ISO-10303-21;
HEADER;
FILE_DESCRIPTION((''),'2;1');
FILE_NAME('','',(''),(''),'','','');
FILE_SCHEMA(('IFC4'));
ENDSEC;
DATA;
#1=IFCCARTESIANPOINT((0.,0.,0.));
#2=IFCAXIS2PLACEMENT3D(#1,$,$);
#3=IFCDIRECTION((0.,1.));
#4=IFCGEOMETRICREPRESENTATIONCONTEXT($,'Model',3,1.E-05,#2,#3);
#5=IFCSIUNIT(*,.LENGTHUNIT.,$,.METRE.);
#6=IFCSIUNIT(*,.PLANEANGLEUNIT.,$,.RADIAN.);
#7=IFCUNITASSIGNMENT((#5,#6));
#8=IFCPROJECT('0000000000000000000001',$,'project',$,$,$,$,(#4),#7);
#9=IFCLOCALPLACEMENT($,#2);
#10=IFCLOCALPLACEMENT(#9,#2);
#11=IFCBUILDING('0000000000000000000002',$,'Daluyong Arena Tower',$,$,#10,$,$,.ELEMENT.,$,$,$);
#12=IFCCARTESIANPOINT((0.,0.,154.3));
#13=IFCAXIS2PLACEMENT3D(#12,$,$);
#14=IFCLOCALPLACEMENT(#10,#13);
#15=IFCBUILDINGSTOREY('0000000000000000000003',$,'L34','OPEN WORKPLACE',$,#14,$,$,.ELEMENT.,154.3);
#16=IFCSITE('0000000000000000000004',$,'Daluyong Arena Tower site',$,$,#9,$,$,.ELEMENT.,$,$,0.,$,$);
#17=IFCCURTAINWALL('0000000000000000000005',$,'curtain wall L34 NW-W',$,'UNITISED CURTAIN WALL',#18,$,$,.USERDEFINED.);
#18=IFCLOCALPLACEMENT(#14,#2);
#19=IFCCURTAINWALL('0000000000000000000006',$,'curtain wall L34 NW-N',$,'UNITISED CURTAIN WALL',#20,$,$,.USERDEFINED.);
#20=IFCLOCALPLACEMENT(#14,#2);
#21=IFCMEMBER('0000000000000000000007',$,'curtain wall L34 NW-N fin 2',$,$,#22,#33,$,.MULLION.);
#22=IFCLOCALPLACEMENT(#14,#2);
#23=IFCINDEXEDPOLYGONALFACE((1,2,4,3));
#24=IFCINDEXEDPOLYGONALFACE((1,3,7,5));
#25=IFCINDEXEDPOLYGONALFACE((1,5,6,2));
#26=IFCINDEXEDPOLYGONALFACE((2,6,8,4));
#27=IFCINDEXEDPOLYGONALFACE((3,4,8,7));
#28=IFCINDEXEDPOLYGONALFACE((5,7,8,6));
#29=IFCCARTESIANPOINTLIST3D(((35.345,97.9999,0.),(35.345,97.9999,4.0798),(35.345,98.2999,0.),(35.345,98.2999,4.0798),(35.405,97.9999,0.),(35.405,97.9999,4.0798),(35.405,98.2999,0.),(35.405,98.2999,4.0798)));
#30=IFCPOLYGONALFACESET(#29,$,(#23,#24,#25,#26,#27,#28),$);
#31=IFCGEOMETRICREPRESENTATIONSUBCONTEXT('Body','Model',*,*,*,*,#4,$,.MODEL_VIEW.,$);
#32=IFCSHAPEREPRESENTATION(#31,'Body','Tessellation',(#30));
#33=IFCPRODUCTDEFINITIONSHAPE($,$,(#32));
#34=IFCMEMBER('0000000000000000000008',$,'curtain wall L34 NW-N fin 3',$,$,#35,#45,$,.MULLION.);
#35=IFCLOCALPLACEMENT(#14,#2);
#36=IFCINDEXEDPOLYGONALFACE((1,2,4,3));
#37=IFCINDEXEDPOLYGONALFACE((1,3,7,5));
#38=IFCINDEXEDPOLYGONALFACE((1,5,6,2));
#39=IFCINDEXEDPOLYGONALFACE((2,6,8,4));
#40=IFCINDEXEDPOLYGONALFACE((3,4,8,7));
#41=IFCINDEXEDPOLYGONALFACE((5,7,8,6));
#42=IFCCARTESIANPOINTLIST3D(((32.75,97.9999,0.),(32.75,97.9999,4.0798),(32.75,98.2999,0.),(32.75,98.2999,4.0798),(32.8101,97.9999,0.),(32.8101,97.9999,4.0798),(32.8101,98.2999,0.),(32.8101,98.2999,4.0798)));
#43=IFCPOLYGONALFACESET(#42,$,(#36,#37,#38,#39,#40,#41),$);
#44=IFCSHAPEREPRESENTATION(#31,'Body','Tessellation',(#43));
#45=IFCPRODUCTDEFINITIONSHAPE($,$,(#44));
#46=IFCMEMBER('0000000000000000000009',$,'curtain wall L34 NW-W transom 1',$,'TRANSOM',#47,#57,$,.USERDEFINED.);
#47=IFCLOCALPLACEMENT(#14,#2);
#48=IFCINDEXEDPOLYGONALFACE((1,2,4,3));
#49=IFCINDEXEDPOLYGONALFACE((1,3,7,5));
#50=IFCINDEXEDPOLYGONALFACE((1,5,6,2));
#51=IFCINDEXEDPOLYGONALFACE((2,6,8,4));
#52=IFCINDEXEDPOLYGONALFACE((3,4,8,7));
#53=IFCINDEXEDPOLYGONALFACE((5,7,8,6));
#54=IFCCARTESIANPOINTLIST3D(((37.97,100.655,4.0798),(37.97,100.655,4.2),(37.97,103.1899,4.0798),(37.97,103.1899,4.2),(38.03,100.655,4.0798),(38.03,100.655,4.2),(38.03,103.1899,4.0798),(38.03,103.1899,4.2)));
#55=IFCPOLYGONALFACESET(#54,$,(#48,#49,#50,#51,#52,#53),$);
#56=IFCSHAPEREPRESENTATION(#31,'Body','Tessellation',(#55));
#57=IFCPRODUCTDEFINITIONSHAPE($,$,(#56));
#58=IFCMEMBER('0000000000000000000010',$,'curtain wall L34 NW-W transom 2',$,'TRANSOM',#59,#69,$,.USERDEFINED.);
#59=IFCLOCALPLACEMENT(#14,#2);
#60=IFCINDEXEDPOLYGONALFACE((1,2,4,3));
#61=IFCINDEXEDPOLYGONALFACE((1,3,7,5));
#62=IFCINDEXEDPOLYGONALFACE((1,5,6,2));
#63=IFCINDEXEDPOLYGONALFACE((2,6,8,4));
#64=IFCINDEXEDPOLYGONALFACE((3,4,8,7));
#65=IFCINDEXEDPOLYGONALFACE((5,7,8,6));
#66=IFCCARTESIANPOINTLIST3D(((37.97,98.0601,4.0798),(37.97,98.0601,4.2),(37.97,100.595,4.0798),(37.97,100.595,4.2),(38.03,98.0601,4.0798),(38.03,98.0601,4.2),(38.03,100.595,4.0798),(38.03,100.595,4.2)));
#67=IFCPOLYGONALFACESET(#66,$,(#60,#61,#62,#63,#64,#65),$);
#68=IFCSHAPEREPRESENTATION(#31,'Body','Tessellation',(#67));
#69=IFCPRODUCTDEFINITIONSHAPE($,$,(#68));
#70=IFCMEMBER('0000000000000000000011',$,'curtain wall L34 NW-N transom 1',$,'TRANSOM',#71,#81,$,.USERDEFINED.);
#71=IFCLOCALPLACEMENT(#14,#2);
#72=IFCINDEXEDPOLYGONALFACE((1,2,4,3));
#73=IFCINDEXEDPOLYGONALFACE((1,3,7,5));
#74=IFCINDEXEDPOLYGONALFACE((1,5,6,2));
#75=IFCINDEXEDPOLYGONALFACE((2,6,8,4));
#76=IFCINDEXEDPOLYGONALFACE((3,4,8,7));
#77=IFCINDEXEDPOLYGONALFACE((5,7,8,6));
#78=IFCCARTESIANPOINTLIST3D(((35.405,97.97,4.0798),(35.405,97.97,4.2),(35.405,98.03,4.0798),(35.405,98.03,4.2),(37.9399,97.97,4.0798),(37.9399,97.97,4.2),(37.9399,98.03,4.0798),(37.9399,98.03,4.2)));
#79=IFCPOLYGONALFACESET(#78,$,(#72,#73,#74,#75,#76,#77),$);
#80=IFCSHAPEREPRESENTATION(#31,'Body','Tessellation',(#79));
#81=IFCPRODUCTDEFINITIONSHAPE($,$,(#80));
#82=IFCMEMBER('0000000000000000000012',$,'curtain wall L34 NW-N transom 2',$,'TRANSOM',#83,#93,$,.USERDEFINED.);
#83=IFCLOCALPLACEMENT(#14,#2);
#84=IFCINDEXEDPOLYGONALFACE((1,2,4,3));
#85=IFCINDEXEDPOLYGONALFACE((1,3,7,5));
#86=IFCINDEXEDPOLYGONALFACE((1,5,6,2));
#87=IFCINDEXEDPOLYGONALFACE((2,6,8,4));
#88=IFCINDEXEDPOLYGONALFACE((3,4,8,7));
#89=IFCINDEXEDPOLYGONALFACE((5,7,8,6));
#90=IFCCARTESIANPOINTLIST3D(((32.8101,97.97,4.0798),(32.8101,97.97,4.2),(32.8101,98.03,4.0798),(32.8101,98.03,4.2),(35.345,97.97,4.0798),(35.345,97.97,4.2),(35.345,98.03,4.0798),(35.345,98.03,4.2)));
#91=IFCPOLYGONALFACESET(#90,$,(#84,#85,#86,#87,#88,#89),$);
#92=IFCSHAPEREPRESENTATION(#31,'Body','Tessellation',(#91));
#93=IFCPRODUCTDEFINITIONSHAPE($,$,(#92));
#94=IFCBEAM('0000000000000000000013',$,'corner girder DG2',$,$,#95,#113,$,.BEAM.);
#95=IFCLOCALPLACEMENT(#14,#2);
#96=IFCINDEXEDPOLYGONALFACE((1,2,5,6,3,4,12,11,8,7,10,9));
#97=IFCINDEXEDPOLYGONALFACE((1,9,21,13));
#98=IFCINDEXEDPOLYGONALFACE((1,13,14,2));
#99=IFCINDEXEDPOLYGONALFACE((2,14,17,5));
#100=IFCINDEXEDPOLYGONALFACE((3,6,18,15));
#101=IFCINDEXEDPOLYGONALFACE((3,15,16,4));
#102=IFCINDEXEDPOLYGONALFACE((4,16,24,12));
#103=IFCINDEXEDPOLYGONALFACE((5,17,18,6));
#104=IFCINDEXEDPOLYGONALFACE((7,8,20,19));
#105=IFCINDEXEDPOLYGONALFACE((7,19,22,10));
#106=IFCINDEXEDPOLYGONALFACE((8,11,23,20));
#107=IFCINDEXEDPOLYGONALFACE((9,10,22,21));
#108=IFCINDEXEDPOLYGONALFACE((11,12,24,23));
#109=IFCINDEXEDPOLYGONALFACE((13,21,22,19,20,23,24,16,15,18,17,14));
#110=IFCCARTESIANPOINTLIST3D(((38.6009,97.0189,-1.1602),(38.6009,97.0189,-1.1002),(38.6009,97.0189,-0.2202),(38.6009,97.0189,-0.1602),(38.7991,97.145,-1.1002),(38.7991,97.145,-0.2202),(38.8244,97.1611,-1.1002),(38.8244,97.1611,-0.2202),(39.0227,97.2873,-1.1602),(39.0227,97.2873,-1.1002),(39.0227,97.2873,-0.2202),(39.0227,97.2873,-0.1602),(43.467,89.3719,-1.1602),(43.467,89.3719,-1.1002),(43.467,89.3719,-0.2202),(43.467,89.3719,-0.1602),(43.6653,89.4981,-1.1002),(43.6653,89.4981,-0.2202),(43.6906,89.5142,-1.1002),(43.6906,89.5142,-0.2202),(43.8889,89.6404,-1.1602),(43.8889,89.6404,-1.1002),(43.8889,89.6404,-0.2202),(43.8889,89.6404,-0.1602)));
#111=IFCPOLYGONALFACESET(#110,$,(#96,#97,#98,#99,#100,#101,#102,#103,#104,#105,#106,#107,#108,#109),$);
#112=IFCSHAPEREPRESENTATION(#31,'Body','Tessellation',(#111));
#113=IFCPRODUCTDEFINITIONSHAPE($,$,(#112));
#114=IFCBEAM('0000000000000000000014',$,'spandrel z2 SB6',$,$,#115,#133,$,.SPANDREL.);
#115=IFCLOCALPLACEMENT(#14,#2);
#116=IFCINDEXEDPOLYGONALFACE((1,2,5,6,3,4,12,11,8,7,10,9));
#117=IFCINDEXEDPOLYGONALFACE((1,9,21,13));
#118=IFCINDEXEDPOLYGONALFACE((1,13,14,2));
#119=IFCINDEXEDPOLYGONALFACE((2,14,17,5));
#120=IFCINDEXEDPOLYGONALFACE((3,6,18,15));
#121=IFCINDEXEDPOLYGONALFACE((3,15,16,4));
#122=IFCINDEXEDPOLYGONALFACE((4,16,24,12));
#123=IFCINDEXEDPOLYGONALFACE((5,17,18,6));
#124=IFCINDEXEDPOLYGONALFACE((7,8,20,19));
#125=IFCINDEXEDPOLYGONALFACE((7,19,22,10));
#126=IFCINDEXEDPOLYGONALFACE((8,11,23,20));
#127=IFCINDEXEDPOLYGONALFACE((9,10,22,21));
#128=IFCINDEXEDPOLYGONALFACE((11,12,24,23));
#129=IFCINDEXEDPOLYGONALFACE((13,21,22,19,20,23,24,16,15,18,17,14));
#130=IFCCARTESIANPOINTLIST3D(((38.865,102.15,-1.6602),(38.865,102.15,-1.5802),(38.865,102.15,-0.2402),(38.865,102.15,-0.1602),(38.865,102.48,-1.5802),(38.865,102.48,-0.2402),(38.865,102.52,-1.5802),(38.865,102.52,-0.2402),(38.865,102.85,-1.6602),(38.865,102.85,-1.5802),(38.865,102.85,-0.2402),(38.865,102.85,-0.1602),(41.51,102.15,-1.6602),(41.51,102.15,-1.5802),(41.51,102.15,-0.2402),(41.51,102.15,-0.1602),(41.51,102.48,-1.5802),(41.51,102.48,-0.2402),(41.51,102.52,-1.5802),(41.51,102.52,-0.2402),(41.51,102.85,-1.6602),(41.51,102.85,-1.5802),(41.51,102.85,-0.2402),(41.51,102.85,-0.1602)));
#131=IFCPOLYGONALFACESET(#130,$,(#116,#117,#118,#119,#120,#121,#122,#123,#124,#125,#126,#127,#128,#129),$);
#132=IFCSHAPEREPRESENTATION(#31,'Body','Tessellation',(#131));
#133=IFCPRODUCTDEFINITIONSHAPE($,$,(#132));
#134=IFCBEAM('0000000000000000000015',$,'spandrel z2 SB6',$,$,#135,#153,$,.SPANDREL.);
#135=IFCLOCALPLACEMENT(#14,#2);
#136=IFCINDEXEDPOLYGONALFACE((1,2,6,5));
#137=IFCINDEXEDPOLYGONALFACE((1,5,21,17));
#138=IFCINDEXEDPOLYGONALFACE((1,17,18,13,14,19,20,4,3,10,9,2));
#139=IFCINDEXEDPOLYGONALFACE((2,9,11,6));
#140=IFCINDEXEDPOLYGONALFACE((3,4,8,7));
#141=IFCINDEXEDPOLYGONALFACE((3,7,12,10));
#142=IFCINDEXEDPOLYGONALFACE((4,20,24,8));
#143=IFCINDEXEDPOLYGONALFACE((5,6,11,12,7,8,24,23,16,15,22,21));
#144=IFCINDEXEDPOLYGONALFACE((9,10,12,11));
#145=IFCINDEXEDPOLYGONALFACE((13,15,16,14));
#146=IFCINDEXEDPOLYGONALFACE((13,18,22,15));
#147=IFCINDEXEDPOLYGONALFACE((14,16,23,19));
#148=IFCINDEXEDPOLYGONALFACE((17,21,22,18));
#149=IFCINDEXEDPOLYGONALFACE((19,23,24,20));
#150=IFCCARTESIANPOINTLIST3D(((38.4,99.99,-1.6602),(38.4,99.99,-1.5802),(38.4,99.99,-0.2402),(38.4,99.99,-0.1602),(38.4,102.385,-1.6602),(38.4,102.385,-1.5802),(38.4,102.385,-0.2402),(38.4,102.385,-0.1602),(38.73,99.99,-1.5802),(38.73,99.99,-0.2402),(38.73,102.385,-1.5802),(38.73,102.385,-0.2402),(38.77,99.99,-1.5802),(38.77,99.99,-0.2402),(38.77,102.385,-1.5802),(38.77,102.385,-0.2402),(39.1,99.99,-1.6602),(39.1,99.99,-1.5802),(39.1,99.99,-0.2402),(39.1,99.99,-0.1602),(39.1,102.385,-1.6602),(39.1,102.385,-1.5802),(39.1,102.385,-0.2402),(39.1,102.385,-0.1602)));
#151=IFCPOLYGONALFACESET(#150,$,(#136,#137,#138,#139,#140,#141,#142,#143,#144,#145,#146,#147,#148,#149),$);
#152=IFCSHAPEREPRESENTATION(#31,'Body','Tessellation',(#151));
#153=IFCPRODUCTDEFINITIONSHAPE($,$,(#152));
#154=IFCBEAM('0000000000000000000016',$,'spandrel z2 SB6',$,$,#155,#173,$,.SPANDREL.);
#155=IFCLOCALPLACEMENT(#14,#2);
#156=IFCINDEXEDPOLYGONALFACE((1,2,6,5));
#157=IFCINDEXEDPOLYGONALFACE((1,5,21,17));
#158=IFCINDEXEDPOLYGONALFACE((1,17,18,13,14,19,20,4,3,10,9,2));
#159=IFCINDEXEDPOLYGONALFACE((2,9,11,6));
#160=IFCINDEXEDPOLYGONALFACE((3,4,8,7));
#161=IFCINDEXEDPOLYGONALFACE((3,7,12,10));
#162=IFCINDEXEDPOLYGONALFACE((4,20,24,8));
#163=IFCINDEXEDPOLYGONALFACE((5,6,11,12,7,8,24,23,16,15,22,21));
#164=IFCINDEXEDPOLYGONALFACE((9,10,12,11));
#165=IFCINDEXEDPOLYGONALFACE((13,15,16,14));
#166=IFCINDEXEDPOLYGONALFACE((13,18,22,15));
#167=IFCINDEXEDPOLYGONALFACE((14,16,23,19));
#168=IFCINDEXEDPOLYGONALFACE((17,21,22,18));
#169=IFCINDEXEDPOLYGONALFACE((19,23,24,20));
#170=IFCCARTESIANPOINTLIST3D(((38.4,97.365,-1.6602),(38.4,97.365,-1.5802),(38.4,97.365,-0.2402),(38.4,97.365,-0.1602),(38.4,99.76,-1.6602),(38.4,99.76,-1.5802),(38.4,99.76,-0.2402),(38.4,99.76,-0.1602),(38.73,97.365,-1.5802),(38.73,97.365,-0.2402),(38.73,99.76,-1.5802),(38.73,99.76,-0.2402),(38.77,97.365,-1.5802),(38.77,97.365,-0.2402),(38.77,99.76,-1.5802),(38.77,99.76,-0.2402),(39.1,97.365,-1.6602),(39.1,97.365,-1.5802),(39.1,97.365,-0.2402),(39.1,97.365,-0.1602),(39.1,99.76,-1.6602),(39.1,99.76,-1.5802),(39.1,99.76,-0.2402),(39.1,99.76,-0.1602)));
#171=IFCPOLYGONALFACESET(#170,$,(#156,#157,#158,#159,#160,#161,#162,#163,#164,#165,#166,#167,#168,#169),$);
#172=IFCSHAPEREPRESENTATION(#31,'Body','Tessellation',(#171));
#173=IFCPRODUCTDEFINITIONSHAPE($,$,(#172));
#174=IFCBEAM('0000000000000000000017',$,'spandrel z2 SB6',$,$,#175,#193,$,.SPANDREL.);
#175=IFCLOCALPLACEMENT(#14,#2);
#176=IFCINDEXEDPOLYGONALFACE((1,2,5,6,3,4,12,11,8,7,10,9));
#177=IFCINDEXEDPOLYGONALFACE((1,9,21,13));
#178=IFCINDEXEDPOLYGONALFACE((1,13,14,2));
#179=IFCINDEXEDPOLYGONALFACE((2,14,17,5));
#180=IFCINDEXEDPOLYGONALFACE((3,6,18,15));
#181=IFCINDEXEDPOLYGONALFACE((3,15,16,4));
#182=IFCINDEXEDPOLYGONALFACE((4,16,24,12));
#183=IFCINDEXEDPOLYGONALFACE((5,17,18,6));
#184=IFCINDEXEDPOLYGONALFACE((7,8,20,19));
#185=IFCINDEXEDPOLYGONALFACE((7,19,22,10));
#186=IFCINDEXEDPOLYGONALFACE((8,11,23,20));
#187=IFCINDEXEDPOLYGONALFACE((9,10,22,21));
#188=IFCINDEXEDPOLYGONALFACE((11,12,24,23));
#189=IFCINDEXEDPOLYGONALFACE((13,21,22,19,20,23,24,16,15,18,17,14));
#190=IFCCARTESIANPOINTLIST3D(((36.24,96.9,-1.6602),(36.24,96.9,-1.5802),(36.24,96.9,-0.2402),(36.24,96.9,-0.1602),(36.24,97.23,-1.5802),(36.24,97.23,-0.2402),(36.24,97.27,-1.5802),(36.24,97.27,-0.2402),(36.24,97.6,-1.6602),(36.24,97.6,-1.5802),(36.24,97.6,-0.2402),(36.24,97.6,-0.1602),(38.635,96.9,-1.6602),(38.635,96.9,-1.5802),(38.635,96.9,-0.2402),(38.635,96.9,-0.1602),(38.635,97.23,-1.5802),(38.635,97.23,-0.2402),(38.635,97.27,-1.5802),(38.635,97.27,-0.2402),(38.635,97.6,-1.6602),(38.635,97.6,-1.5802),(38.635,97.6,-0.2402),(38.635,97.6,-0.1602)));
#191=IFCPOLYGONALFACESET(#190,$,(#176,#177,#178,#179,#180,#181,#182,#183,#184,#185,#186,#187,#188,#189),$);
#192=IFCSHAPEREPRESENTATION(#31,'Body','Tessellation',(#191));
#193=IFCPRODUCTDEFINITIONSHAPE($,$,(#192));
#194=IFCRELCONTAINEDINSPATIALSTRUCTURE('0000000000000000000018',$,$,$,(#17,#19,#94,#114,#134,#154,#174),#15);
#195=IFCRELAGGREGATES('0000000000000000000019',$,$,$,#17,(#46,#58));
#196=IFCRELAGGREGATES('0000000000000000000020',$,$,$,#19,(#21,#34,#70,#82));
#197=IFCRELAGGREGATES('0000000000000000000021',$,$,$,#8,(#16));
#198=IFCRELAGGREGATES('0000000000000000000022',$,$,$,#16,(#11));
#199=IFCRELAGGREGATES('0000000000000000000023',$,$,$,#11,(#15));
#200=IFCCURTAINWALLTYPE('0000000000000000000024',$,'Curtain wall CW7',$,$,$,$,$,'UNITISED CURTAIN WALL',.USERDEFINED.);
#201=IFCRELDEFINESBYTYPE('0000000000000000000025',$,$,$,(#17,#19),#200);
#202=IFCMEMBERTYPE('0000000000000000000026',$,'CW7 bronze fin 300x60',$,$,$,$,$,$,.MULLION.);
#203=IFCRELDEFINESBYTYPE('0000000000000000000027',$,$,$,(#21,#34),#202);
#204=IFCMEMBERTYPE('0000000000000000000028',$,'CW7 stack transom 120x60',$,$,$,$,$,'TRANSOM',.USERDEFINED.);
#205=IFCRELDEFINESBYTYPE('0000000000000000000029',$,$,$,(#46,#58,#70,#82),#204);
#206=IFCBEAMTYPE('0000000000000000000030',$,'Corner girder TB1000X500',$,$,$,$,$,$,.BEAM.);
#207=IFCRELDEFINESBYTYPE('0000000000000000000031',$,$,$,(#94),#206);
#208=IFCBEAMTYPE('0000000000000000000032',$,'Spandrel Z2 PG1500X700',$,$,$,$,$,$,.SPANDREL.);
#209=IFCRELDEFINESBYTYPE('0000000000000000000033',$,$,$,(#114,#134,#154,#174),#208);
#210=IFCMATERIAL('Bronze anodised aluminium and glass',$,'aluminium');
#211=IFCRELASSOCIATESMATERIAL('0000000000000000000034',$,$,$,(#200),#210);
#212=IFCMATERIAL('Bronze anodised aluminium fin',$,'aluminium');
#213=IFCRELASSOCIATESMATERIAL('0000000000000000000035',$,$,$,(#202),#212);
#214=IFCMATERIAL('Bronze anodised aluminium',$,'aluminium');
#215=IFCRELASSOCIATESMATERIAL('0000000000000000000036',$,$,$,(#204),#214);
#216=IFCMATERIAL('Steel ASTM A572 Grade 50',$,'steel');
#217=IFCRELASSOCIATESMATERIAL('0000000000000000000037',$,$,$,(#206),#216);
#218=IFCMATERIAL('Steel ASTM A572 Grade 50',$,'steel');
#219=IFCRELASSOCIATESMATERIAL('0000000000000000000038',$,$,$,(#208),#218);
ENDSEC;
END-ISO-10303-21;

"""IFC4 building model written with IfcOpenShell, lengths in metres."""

from ifc_helpers import new_model, si_unit, direction, frame, origin, origin_2d, place, context, subcontext, project, spatial, rectangle, i_section, extrude, material, material_profile, profile_set, type_object, element, aggregate, save


model = new_model("IFC4")

# Units and contexts
model_context = context("Model", 3, precision=1e-05, world=origin(), true_north=direction((0.0, 1.0)))
body_context = subcontext(model_context, "Body", "Model", "MODEL_VIEW")
ifc_project = project(units=[si_unit("LENGTHUNIT", "METRE"), si_unit("PLANEANGLEUNIT", "RADIAN")], contexts=[model_context])

# Site, building, storey
site_placement = place(None, origin())
site = spatial("IfcSite", under=ifc_project, at=site_placement, Name="Daluyong Arena Tower site", CompositionType="ELEMENT", RefElevation=0.0)
building_placement = place(site_placement, origin())
building = spatial("IfcBuilding", under=site, at=building_placement, Name="Daluyong Arena Tower", CompositionType="ELEMENT")
storey_placement = place(building_placement, frame((0.0, 0.0, 154.3)))
storey = spatial("IfcBuildingStorey", under=building, at=storey_placement, Name="L34", Description="OPEN WORKPLACE", CompositionType="ELEMENT", Elevation=154.3)

# Curtain walls, members
ifc_material_1 = material(Name="Bronze anodised aluminium and glass", Category="aluminium")
curtain_wall_type_1 = type_object("IfcCurtainWallType", Name="Curtain wall CW7", ElementType="UNITISED CURTAIN WALL", PredefinedType="USERDEFINED", material=ifc_material_1)
curtain_wall_1_placement = place(storey_placement, origin())
curtain_wall_1 = element("IfcCurtainWall", 1, at=curtain_wall_1_placement, inside=storey, type_object=curtain_wall_type_1, Name="curtain wall L34 NW-W", ObjectType="UNITISED CURTAIN WALL", PredefinedType="USERDEFINED")
ifc_material_2 = material(Name="Bronze anodised aluminium fin", Category="aluminium")
ifc_material_profile_1 = material_profile(ifc_material_2, rectangle(XDim=0.3, YDim=0.0601, at=origin_2d()))
ifc_profile_set_1 = profile_set([ifc_material_profile_1], Name="Bronze anodised aluminium fin")
member_type_1 = type_object("IfcMemberType", Name="CW7 bronze fin 300x60", PredefinedType="MULLION", material=ifc_profile_set_1)
curtain_wall_2_placement = place(storey_placement, origin())
curtain_wall_2 = element("IfcCurtainWall", 2, at=curtain_wall_2_placement, inside=storey, type_object=curtain_wall_type_1, Name="curtain wall L34 NW-N", ObjectType="UNITISED CURTAIN WALL", PredefinedType="USERDEFINED")
member_1_placement = place(storey_placement, frame((35.375, 98.1499, 0.0), z_axis=(0.0, 0.0, 1.0), x_axis=(0.0, -1.0, 0.0)))
member_1 = element("IfcMember", 3, at=member_1_placement, type_object=member_type_1, Name="curtain wall L34 NW-N fin 2", PredefinedType="MULLION", context=body_context, shape_type="SweptSolid", body=[
    extrude(rectangle(XDim=0.3, YDim=0.0601, at=origin_2d()), origin(), (0.0, 0.0, 1.0), 4.0798),
])
member_2_placement = place(storey_placement, frame((32.78, 98.1499, 0.0), z_axis=(0.0, 0.0, 1.0), x_axis=(0.0, -1.0, 0.0)))
member_2 = element("IfcMember", 4, at=member_2_placement, type_object=member_type_1, Name="curtain wall L34 NW-N fin 3", PredefinedType="MULLION", context=body_context, shape_type="SweptSolid", body=[
    extrude(rectangle(XDim=0.3, YDim=0.0601, at=origin_2d()), origin(), (0.0, 0.0, 1.0), 4.0798),
])

# Members
ifc_material_3 = material(Name="Bronze anodised aluminium", Category="aluminium")
ifc_material_profile_2 = material_profile(ifc_material_3, rectangle(XDim=0.0601, YDim=0.1201, at=origin_2d()))
ifc_profile_set_2 = profile_set([ifc_material_profile_2], Name="Bronze anodised aluminium")
member_type_2 = type_object("IfcMemberType", Name="CW7 stack transom 120x60", ElementType="TRANSOM", PredefinedType="USERDEFINED", material=ifc_profile_set_2)
member_3_placement = place(storey_placement, frame((38.0, 103.1899, 4.1399), z_axis=(0.0, -1.0, 0.0), x_axis=(1.0, 0.0, 0.0)))
member_3 = element("IfcMember", 5, at=member_3_placement, type_object=member_type_2, Name="curtain wall L34 NW-W transom 1", ObjectType="TRANSOM", PredefinedType="USERDEFINED", context=body_context, shape_type="SweptSolid", body=[
    extrude(rectangle(XDim=0.0601, YDim=0.1201, at=origin_2d()), origin(), (0.0, 0.0, 1.0), 2.5349),
])
member_4_placement = place(storey_placement, frame((38.0, 100.595, 4.1399), z_axis=(0.0, -1.0, 0.0), x_axis=(1.0, 0.0, 0.0)))
member_4 = element("IfcMember", 6, at=member_4_placement, type_object=member_type_2, Name="curtain wall L34 NW-W transom 2", ObjectType="TRANSOM", PredefinedType="USERDEFINED", context=body_context, shape_type="SweptSolid", body=[
    extrude(rectangle(XDim=0.0601, YDim=0.1201, at=origin_2d()), origin(), (0.0, 0.0, 1.0), 2.5349),
])
member_5_placement = place(storey_placement, frame((37.9399, 98.0, 4.1399), z_axis=(-1.0, 0.0, 0.0), x_axis=(0.0, -1.0, 0.0)))
member_5 = element("IfcMember", 7, at=member_5_placement, type_object=member_type_2, Name="curtain wall L34 NW-N transom 1", ObjectType="TRANSOM", PredefinedType="USERDEFINED", context=body_context, shape_type="SweptSolid", body=[
    extrude(rectangle(XDim=0.0601, YDim=0.1201, at=origin_2d()), origin(), (0.0, 0.0, 1.0), 2.5349),
])
member_6_placement = place(storey_placement, frame((35.345, 98.0, 4.1399), z_axis=(-1.0, 0.0, 0.0), x_axis=(0.0, -1.0, 0.0)))
member_6 = element("IfcMember", 8, at=member_6_placement, type_object=member_type_2, Name="curtain wall L34 NW-N transom 2", ObjectType="TRANSOM", PredefinedType="USERDEFINED", context=body_context, shape_type="SweptSolid", body=[
    extrude(rectangle(XDim=0.0601, YDim=0.1201, at=origin_2d()), origin(), (0.0, 0.0, 1.0), 2.5349),
])

# Beams
ifc_material_4 = material(Name="Steel ASTM A572 Grade 50", Category="steel")
ifc_material_profile_3 = material_profile(ifc_material_4, i_section(OverallWidth=0.5, OverallDepth=1.0, WebThickness=0.03, FlangeThickness=0.06, at=origin_2d()))
ifc_profile_set_3 = profile_set([ifc_material_profile_3], Name="Steel ASTM A572 Grade 50")
beam_type_1 = type_object("IfcBeamType", Name="Corner girder TB1000X500", PredefinedType="BEAM", material=ifc_profile_set_3)
beam_1_placement = place(storey_placement, frame((38.8118, 97.1531, -0.6602), z_axis=(0.536872, -0.843664, 0.0), x_axis=(0.843664, 0.536872, 0.0)))
element("IfcBeam", 9, at=beam_1_placement, inside=storey, type_object=beam_type_1, Name="corner girder DG2", PredefinedType="BEAM", context=body_context, shape_type="SweptSolid", body=[
    extrude(i_section(OverallWidth=0.5, OverallDepth=1.0, WebThickness=0.03, FlangeThickness=0.06, at=origin_2d()), origin(), (0.0, 0.0, 1.0), 9.064),
])
ifc_material_5 = material(Name="Steel ASTM A572 Grade 50", Category="steel")
ifc_material_profile_4 = material_profile(ifc_material_5, i_section(OverallWidth=0.7, OverallDepth=1.5, WebThickness=0.04, FlangeThickness=0.08, at=origin_2d()))
ifc_profile_set_4 = profile_set([ifc_material_profile_4], Name="Steel ASTM A572 Grade 50")
beam_type_2 = type_object("IfcBeamType", Name="Spandrel Z2 PG1500X700", PredefinedType="SPANDREL", material=ifc_profile_set_4)
beam_2_placement = place(storey_placement, frame((41.51, 102.5, -0.9102), z_axis=(-1.0, 0.0, 0.0), x_axis=(0.0, -1.0, 0.0)))
element("IfcBeam", 10, at=beam_2_placement, inside=storey, type_object=beam_type_2, Name="spandrel z2 SB6", PredefinedType="SPANDREL", context=body_context, shape_type="SweptSolid", body=[
    extrude(i_section(OverallWidth=0.7, OverallDepth=1.5, WebThickness=0.04, FlangeThickness=0.08, at=origin_2d()), origin(), (0.0, 0.0, 1.0), 2.645),
])
for number, where, z_axis, x_axis, name in (
    (11, (38.75, 102.385, -0.9102), (0.0, -1.0, 0.0), (1.0, 0.0, 0.0), "spandrel z2 SB6"),
    (12, (38.75, 99.76, -0.9102), (0.0, -1.0, 0.0), (1.0, 0.0, 0.0), "spandrel z2 SB6"),
    (13, (38.635, 97.25, -0.9102), (-1.0, 0.0, 0.0), (0.0, -1.0, 0.0), "spandrel z2 SB6"),
):
    element("IfcBeam", number, at=place(storey_placement, frame(where, z_axis=z_axis, x_axis=x_axis)), inside=storey, type_object=beam_type_2, Name=name, PredefinedType="SPANDREL", context=body_context, shape_type="SweptSolid", body=[
        extrude(i_section(OverallWidth=0.7, OverallDepth=1.5, WebThickness=0.04, FlangeThickness=0.08, at=origin_2d()), origin(), (0.0, 0.0, 1.0), 2.395),
    ])

aggregate(curtain_wall_1, [member_3, member_4])
aggregate(curtain_wall_2, [member_1, member_2, member_5, member_6])

save(model, "model.ifc")
